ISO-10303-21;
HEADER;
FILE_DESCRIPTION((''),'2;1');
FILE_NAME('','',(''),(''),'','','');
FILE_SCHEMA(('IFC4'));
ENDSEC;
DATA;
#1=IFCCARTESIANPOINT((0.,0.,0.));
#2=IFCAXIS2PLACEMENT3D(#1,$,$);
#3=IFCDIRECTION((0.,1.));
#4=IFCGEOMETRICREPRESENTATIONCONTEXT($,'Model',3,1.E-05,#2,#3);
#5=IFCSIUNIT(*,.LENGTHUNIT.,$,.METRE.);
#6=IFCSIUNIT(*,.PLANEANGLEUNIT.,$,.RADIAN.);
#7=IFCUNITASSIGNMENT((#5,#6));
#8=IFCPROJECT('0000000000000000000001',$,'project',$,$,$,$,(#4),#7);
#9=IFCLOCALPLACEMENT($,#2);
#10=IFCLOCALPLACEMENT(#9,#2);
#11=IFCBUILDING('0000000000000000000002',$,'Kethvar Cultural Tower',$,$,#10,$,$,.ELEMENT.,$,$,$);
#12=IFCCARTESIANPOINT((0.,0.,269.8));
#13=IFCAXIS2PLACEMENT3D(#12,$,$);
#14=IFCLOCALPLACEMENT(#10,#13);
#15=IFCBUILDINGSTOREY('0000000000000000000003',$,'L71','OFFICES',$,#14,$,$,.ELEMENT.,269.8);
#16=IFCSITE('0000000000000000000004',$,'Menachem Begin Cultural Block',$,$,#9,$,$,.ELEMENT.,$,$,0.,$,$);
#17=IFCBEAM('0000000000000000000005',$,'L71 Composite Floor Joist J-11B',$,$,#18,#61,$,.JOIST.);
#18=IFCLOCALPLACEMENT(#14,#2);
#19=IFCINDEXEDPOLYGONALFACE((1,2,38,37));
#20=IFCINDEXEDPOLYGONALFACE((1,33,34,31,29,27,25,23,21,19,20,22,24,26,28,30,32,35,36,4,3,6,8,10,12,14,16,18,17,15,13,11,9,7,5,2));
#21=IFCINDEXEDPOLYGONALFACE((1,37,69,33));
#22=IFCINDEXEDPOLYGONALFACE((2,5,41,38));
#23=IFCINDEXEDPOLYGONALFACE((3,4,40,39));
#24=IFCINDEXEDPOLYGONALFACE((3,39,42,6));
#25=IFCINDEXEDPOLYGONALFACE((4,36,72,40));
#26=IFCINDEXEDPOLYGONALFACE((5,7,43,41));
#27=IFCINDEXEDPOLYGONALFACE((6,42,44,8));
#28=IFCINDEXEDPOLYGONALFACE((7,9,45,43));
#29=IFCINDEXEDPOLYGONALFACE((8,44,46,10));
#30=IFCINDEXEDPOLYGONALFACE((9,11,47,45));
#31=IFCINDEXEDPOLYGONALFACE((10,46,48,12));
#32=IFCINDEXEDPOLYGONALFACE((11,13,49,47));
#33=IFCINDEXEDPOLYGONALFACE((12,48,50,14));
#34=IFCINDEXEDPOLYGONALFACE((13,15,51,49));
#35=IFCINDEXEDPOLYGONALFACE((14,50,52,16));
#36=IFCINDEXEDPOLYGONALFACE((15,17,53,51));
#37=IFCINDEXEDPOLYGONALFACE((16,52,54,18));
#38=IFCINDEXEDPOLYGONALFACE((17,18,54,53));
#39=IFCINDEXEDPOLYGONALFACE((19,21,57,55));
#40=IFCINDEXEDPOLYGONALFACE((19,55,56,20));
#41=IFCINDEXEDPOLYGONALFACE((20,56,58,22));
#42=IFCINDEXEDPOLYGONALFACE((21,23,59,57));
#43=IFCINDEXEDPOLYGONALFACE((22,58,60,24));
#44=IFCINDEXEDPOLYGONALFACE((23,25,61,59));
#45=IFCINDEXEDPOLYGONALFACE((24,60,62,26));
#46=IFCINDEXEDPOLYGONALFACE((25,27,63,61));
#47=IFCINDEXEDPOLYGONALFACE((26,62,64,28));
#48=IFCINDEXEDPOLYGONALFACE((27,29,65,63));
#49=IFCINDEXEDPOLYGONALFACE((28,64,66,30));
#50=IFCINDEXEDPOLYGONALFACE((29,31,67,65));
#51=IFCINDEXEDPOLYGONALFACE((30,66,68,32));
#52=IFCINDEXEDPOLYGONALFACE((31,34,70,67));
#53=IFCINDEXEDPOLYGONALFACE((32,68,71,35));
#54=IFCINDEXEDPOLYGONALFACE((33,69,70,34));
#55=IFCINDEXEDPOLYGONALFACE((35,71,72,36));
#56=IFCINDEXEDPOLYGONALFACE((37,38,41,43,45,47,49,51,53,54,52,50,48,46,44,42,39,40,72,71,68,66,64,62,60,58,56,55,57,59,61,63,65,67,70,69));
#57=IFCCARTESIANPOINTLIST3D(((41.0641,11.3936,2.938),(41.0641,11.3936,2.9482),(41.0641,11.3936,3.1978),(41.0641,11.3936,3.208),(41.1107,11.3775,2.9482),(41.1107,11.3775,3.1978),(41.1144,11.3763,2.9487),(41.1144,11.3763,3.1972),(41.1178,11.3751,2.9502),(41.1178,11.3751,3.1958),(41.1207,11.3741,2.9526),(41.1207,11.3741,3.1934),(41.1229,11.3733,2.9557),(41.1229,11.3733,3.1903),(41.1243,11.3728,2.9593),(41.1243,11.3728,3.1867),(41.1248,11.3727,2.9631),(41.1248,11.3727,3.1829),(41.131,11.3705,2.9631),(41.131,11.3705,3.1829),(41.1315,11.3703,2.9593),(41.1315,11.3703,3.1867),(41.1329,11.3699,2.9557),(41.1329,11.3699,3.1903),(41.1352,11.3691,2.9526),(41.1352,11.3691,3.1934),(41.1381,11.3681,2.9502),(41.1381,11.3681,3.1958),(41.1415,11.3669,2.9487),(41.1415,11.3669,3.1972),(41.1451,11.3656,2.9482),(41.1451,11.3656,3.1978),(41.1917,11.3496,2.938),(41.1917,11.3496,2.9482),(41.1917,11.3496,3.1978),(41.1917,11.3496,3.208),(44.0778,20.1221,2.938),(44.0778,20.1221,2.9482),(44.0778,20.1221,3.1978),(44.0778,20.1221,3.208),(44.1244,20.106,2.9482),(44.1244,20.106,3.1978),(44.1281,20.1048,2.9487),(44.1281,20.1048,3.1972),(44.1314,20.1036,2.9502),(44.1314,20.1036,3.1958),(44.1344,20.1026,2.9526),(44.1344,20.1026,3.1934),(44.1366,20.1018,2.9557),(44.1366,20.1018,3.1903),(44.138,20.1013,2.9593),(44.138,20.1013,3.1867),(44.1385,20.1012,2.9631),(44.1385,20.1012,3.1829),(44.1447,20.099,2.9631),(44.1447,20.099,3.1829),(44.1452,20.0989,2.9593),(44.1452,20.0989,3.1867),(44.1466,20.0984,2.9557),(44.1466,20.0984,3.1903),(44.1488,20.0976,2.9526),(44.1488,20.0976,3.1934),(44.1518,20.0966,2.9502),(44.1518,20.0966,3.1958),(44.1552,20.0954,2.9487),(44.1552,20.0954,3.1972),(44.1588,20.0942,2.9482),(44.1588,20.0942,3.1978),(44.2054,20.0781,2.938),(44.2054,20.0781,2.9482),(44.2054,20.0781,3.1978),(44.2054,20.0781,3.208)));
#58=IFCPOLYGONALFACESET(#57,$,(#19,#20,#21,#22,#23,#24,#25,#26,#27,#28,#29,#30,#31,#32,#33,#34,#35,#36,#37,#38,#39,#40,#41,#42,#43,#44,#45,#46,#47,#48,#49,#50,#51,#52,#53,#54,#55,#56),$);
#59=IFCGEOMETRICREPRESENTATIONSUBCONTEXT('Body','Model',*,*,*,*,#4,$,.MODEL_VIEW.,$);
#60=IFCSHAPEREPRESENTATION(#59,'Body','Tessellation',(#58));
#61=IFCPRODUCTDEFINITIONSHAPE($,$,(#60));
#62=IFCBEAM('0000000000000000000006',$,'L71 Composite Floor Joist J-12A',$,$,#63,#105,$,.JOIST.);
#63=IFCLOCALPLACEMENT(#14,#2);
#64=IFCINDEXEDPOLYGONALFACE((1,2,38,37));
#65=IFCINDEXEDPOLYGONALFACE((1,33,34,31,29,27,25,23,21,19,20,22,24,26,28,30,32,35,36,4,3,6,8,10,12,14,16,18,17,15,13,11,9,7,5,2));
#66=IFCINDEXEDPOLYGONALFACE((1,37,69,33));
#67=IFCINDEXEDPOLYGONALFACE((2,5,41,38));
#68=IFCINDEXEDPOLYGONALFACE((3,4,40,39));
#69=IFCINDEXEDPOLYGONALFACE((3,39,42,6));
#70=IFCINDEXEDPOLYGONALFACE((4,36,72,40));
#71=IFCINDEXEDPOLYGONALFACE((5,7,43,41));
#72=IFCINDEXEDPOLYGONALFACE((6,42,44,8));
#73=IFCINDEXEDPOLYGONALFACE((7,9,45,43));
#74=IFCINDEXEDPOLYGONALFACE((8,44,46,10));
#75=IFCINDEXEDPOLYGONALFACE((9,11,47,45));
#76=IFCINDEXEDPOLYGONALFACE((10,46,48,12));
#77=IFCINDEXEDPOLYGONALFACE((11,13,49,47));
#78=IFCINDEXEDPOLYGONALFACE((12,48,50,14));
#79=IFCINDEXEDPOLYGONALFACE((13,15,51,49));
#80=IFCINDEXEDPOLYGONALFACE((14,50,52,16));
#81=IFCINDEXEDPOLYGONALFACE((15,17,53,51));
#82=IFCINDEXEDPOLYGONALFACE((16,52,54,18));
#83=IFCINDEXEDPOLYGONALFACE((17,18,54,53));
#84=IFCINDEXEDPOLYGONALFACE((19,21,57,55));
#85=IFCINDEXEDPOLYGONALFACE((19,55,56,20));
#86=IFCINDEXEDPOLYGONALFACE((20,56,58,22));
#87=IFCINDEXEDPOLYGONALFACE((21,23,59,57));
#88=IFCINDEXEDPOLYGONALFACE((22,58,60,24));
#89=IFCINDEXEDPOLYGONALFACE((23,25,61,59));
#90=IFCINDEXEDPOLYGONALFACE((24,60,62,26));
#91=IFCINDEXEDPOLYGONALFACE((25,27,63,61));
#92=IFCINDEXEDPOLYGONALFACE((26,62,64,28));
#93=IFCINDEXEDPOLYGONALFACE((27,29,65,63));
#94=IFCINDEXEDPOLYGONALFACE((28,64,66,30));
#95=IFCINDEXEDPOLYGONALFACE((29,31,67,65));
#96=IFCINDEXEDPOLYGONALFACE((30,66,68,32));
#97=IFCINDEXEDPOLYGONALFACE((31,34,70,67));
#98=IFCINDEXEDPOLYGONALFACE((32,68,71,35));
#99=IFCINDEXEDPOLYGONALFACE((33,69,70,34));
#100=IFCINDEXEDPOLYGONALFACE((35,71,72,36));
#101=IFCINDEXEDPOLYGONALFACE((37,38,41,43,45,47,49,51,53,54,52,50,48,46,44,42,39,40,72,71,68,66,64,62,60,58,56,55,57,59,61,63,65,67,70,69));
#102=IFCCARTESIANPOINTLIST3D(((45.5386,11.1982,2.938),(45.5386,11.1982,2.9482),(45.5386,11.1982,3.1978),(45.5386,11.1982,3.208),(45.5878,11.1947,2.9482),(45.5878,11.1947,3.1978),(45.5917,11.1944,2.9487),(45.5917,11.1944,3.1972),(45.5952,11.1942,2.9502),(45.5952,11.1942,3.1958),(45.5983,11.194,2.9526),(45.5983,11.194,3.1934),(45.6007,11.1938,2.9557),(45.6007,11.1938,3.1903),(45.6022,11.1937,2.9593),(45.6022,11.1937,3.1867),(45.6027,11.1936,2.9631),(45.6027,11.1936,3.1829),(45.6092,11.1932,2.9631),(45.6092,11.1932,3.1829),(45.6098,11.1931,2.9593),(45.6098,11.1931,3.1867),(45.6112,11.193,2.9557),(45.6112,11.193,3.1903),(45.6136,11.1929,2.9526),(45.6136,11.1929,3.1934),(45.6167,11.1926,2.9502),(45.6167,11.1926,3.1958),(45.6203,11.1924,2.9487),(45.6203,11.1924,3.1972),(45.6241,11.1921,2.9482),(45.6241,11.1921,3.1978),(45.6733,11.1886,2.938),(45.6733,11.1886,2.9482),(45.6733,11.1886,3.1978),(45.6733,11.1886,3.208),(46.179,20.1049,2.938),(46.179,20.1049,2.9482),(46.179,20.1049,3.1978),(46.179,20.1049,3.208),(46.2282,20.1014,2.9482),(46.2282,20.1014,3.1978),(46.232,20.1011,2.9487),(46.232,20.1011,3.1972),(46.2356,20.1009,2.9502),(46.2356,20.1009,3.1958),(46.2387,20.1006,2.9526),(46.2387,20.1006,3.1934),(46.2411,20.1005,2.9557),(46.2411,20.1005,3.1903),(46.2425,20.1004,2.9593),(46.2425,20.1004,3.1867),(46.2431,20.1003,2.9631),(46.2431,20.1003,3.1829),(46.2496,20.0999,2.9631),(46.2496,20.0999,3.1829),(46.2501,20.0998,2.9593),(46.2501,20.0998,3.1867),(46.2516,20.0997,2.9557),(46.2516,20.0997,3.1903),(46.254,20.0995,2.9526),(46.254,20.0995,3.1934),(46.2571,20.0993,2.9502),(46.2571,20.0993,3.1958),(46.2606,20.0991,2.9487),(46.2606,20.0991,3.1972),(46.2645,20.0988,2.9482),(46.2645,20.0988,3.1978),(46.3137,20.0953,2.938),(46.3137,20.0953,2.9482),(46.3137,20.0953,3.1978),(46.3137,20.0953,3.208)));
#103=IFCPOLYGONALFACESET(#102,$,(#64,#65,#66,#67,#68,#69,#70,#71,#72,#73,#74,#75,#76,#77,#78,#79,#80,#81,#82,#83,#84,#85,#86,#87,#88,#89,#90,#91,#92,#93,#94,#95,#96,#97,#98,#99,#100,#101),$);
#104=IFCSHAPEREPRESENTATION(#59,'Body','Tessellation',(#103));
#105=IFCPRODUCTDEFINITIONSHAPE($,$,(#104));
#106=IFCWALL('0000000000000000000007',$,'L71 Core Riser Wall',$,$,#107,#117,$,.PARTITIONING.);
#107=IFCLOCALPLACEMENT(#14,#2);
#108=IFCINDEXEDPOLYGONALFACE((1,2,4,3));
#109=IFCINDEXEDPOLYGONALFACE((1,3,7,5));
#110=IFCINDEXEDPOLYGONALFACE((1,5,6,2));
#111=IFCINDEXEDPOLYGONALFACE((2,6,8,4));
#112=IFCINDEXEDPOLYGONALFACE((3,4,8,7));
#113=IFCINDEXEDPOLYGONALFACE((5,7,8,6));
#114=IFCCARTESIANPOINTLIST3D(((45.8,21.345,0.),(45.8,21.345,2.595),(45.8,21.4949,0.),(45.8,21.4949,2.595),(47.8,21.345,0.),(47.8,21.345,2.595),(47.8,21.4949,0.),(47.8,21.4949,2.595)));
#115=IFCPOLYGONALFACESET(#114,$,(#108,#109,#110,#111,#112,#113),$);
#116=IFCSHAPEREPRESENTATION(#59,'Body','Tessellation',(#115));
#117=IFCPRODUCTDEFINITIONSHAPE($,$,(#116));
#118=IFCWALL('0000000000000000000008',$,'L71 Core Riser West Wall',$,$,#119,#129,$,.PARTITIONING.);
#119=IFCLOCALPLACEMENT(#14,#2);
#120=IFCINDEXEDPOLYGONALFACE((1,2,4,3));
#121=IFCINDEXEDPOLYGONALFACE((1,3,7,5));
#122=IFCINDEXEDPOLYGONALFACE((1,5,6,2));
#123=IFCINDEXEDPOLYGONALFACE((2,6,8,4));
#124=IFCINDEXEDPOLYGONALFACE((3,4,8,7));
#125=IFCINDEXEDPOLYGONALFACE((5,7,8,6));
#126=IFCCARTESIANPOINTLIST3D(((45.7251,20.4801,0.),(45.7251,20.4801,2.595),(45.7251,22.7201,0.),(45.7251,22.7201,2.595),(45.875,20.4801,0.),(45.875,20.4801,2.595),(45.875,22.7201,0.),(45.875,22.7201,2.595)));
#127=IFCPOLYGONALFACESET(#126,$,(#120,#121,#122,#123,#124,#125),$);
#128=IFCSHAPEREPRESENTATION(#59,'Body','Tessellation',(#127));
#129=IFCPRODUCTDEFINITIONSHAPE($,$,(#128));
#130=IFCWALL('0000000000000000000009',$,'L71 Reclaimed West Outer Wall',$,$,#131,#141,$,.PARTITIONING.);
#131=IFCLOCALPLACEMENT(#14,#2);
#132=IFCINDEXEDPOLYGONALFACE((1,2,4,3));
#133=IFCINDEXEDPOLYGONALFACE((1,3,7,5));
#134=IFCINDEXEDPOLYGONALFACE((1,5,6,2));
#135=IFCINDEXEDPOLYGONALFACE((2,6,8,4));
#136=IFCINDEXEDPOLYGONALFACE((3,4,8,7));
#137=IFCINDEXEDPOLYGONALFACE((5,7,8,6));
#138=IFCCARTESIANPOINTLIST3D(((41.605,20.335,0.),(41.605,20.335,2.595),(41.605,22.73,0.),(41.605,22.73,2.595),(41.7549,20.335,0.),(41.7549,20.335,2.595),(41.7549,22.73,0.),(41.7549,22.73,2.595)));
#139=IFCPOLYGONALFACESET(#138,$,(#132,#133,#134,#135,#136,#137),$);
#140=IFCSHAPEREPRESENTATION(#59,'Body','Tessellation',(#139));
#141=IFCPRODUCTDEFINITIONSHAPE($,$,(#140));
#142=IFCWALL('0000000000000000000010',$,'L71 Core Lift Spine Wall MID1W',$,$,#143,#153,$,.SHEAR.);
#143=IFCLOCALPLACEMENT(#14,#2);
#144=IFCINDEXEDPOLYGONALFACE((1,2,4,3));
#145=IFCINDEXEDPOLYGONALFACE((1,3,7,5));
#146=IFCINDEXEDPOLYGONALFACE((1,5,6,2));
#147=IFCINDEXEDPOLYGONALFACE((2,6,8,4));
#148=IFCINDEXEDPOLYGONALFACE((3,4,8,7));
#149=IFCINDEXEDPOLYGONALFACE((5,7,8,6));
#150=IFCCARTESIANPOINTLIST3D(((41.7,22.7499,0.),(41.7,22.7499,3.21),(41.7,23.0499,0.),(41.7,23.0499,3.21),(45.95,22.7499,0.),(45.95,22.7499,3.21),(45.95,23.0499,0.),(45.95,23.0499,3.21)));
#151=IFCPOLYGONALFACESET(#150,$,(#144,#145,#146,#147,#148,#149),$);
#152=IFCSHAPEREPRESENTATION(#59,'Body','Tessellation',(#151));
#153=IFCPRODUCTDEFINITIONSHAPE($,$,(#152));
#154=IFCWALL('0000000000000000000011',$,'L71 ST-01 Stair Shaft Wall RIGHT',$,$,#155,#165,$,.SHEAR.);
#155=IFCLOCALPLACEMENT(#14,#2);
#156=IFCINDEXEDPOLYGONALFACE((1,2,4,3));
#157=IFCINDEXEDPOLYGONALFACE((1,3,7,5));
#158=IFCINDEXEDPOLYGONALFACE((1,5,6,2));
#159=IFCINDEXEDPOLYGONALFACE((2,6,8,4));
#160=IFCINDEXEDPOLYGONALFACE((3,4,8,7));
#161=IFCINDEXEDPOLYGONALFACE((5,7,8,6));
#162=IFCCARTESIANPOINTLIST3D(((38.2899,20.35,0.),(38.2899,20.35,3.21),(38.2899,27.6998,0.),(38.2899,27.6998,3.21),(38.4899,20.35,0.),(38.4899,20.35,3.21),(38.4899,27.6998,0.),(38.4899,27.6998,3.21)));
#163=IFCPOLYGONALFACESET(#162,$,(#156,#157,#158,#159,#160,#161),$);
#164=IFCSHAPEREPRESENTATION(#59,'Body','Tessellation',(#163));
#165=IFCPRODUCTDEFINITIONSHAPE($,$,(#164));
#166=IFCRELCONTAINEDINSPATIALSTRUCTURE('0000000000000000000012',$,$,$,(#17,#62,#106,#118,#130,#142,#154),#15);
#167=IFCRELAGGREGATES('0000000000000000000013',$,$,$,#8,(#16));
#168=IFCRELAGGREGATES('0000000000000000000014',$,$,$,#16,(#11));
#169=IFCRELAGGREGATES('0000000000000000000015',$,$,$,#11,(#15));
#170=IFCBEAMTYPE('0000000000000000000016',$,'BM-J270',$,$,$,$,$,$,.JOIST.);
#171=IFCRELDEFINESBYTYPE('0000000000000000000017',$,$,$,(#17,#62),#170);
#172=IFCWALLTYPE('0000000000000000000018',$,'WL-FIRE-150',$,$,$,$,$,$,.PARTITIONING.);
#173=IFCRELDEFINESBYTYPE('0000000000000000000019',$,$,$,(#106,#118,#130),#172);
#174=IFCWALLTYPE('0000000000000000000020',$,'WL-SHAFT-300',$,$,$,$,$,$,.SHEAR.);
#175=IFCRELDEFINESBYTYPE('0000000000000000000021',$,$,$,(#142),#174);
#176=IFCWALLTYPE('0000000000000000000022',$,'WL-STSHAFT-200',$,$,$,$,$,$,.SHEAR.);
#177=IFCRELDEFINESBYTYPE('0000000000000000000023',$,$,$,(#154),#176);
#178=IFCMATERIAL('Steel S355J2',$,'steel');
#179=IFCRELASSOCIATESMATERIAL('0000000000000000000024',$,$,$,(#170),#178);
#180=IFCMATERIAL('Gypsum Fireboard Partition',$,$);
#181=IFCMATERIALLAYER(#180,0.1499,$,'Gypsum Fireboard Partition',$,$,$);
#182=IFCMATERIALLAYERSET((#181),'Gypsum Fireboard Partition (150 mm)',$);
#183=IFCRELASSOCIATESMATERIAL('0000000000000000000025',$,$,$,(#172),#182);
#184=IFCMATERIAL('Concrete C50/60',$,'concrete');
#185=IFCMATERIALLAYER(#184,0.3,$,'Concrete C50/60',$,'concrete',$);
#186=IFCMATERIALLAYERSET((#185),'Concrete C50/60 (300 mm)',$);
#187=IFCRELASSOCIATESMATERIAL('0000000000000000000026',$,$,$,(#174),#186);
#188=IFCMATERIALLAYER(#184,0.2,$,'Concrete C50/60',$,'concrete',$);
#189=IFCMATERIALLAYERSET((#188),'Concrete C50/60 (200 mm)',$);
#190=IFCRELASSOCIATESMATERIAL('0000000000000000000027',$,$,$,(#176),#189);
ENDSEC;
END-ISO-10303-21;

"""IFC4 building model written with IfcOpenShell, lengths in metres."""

from ifc_helpers import new_model, si_unit, direction, frame, frame_2d, origin, origin_2d, place, context, subcontext, project, spatial, rectangle, i_section, extrude, source, transform, mapped, material, layer, layer_set, material_profile, profile_set, type_object, element, save


model = new_model("IFC4")

# Units and contexts
model_context = context("Model", 3, precision=1e-05, world=origin(), true_north=direction((0.0, 1.0)))
body_context = subcontext(model_context, "Body", "Model", "MODEL_VIEW")
ifc_project = project(units=[si_unit("LENGTHUNIT", "METRE"), si_unit("PLANEANGLEUNIT", "RADIAN")], contexts=[model_context])

# Site, building, storey
site_placement = place(None, origin())
site = spatial("IfcSite", under=ifc_project, at=site_placement, Name="Menachem Begin Cultural Block", CompositionType="ELEMENT", RefElevation=0.0)
building_placement = place(site_placement, origin())
building = spatial("IfcBuilding", under=site, at=building_placement, Name="Kethvar Cultural Tower", CompositionType="ELEMENT")
storey_placement = place(building_placement, frame((0.0, 0.0, 269.8)))
storey = spatial("IfcBuildingStorey", under=building, at=storey_placement, Name="L71", Description="OFFICES", CompositionType="ELEMENT", Elevation=269.8)

# Beams
ifc_material_1 = material(Name="Steel S355J2", Category="steel")
ifc_material_profile_1 = material_profile(ifc_material_1, i_section(OverallWidth=0.135, OverallDepth=0.27, WebThickness=0.0066, FlangeThickness=0.0103, FilletRadius=0.0149, at=origin_2d()), Name="Steel S355J2 — IPE270")
ifc_profile_set_1 = profile_set([ifc_material_profile_1], Name="Steel S355J2 — IPE270")
beam_type_1 = type_object("IfcBeamType", Name="BM-J270", PredefinedType="JOIST", material=ifc_profile_set_1)
shared_shape_1 = source(origin(), body_context, "Body", "SweptSolid", [
    extrude(i_section(OverallWidth=0.135, OverallDepth=0.27, WebThickness=0.0066, FlangeThickness=0.0103, FilletRadius=0.0149, at=origin_2d()), origin(), (0.0, 0.0, 1.0), 9.2341),
])
beam_1_placement = place(storey_placement, frame((44.1416, 20.1001, 3.073), z_axis=(-0.326362, -0.945245, 0.0), x_axis=(0.945245, -0.326362, 0.0)))
element("IfcBeam", 1, at=beam_1_placement, inside=storey, type_object=beam_type_1, Name="L71 Composite Floor Joist J-11B", PredefinedType="JOIST", context=body_context, shape_type="MappedRepresentation", body=[
    mapped(shared_shape_1, transform((0.0, 0.0, 0.0), scale=1.0)),
])
shared_shape_2 = source(origin(), body_context, "Body", "SweptSolid", [
    extrude(i_section(OverallWidth=0.135, OverallDepth=0.27, WebThickness=0.0066, FlangeThickness=0.0103, FilletRadius=0.0149, at=origin_2d()), origin(), (0.0, 0.0, 1.0), 8.9297),
])
beam_2_placement = place(storey_placement, frame((46.2463, 20.1001, 3.073), z_axis=(-0.071713, -0.997425, 0.0), x_axis=(0.997425, -0.071713, 0.0)))
element("IfcBeam", 2, at=beam_2_placement, inside=storey, type_object=beam_type_1, Name="L71 Composite Floor Joist J-12A", PredefinedType="JOIST", context=body_context, shape_type="MappedRepresentation", body=[
    mapped(shared_shape_2, transform((0.0, 0.0, 0.0), scale=1.0)),
])

# Shared definitions
ifc_material_2 = material(Name="Concrete C50/60", Category="concrete")

# Walls
ifc_material_3 = material(Name="Gypsum Fireboard Partition")
ifc_layer_1 = layer(ifc_material_3, 0.1499, Name="Gypsum Fireboard Partition")
ifc_layer_set_1 = layer_set([ifc_layer_1], Name="Gypsum Fireboard Partition (150 mm)")
wall_type_1 = type_object("IfcWallType", Name="WL-FIRE-150", PredefinedType="PARTITIONING", material=ifc_layer_set_1)
wall_1_placement = place(storey_placement, frame((45.8, 21.4199, 0.0), z_axis=(0.0, 0.0, 1.0), x_axis=(1.0, 0.0, 0.0)))
element("IfcWall", 3, at=wall_1_placement, inside=storey, type_object=wall_type_1, Name="L71 Core Riser Wall", PredefinedType="PARTITIONING", context=body_context, shape_type="SweptSolid", body=[
    extrude(rectangle(XDim=2.0, YDim=0.1499, at=frame_2d((1.0, 0.0))), origin(), (0.0, 0.0, 1.0), 2.595),
])
wall_2_placement = place(storey_placement, frame((45.8, 20.48, 0.0), z_axis=(0.0, 0.0, 1.0), x_axis=(0.0, 1.0, 0.0)))
element("IfcWall", 4, at=wall_2_placement, inside=storey, type_object=wall_type_1, Name="L71 Core Riser West Wall", PredefinedType="PARTITIONING", context=body_context, shape_type="SweptSolid", body=[
    extrude(rectangle(XDim=2.24, YDim=0.1499, at=frame_2d((1.1201, 0.0))), origin(), (0.0, 0.0, 1.0), 2.595),
])
wall_3_placement = place(storey_placement, frame((41.6799, 20.335, 0.0), z_axis=(0.0, 0.0, 1.0), x_axis=(0.0, 1.0, 0.0)))
element("IfcWall", 5, at=wall_3_placement, inside=storey, type_object=wall_type_1, Name="L71 Reclaimed West Outer Wall", PredefinedType="PARTITIONING", context=body_context, shape_type="SweptSolid", body=[
    extrude(rectangle(XDim=2.395, YDim=0.1499, at=frame_2d((1.1975, 0.0))), origin(), (0.0, 0.0, 1.0), 2.595),
])
ifc_layer_2 = layer(ifc_material_2, 0.3, Name="Concrete C50/60", Category="concrete")
ifc_layer_set_2 = layer_set([ifc_layer_2], Name="Concrete C50/60 (300 mm)")
wall_type_2 = type_object("IfcWallType", Name="WL-SHAFT-300", PredefinedType="SHEAR", material=ifc_layer_set_2)
wall_4_placement = place(storey_placement, frame((41.7, 22.8999, 0.0), z_axis=(0.0, 0.0, 1.0), x_axis=(1.0, 0.0, 0.0)))
element("IfcWall", 6, at=wall_4_placement, inside=storey, type_object=wall_type_2, Name="L71 Core Lift Spine Wall MID1W", PredefinedType="SHEAR", context=body_context, shape_type="SweptSolid", body=[
    extrude(rectangle(XDim=4.25, YDim=0.3, at=frame_2d((2.125, 0.0))), origin(), (0.0, 0.0, 1.0), 3.21),
])

# Wall
ifc_layer_3 = layer(ifc_material_2, 0.2, Name="Concrete C50/60", Category="concrete")
ifc_layer_set_3 = layer_set([ifc_layer_3], Name="Concrete C50/60 (200 mm)")
wall_type_3 = type_object("IfcWallType", Name="WL-STSHAFT-200", PredefinedType="SHEAR", material=ifc_layer_set_3)
wall_5_placement = place(storey_placement, frame((38.3899, 20.3501, 0.0), z_axis=(0.0, 0.0, 1.0), x_axis=(0.0, 1.0, 0.0)))
element("IfcWall", 7, at=wall_5_placement, inside=storey, type_object=wall_type_3, Name="L71 ST-01 Stair Shaft Wall RIGHT", PredefinedType="SHEAR", context=body_context, shape_type="SweptSolid", body=[
    extrude(rectangle(XDim=7.3499, YDim=0.2, at=frame_2d((3.6748, 0.0))), origin(), (0.0, 0.0, 1.0), 3.21),
])

save(model, "model.ifc")
